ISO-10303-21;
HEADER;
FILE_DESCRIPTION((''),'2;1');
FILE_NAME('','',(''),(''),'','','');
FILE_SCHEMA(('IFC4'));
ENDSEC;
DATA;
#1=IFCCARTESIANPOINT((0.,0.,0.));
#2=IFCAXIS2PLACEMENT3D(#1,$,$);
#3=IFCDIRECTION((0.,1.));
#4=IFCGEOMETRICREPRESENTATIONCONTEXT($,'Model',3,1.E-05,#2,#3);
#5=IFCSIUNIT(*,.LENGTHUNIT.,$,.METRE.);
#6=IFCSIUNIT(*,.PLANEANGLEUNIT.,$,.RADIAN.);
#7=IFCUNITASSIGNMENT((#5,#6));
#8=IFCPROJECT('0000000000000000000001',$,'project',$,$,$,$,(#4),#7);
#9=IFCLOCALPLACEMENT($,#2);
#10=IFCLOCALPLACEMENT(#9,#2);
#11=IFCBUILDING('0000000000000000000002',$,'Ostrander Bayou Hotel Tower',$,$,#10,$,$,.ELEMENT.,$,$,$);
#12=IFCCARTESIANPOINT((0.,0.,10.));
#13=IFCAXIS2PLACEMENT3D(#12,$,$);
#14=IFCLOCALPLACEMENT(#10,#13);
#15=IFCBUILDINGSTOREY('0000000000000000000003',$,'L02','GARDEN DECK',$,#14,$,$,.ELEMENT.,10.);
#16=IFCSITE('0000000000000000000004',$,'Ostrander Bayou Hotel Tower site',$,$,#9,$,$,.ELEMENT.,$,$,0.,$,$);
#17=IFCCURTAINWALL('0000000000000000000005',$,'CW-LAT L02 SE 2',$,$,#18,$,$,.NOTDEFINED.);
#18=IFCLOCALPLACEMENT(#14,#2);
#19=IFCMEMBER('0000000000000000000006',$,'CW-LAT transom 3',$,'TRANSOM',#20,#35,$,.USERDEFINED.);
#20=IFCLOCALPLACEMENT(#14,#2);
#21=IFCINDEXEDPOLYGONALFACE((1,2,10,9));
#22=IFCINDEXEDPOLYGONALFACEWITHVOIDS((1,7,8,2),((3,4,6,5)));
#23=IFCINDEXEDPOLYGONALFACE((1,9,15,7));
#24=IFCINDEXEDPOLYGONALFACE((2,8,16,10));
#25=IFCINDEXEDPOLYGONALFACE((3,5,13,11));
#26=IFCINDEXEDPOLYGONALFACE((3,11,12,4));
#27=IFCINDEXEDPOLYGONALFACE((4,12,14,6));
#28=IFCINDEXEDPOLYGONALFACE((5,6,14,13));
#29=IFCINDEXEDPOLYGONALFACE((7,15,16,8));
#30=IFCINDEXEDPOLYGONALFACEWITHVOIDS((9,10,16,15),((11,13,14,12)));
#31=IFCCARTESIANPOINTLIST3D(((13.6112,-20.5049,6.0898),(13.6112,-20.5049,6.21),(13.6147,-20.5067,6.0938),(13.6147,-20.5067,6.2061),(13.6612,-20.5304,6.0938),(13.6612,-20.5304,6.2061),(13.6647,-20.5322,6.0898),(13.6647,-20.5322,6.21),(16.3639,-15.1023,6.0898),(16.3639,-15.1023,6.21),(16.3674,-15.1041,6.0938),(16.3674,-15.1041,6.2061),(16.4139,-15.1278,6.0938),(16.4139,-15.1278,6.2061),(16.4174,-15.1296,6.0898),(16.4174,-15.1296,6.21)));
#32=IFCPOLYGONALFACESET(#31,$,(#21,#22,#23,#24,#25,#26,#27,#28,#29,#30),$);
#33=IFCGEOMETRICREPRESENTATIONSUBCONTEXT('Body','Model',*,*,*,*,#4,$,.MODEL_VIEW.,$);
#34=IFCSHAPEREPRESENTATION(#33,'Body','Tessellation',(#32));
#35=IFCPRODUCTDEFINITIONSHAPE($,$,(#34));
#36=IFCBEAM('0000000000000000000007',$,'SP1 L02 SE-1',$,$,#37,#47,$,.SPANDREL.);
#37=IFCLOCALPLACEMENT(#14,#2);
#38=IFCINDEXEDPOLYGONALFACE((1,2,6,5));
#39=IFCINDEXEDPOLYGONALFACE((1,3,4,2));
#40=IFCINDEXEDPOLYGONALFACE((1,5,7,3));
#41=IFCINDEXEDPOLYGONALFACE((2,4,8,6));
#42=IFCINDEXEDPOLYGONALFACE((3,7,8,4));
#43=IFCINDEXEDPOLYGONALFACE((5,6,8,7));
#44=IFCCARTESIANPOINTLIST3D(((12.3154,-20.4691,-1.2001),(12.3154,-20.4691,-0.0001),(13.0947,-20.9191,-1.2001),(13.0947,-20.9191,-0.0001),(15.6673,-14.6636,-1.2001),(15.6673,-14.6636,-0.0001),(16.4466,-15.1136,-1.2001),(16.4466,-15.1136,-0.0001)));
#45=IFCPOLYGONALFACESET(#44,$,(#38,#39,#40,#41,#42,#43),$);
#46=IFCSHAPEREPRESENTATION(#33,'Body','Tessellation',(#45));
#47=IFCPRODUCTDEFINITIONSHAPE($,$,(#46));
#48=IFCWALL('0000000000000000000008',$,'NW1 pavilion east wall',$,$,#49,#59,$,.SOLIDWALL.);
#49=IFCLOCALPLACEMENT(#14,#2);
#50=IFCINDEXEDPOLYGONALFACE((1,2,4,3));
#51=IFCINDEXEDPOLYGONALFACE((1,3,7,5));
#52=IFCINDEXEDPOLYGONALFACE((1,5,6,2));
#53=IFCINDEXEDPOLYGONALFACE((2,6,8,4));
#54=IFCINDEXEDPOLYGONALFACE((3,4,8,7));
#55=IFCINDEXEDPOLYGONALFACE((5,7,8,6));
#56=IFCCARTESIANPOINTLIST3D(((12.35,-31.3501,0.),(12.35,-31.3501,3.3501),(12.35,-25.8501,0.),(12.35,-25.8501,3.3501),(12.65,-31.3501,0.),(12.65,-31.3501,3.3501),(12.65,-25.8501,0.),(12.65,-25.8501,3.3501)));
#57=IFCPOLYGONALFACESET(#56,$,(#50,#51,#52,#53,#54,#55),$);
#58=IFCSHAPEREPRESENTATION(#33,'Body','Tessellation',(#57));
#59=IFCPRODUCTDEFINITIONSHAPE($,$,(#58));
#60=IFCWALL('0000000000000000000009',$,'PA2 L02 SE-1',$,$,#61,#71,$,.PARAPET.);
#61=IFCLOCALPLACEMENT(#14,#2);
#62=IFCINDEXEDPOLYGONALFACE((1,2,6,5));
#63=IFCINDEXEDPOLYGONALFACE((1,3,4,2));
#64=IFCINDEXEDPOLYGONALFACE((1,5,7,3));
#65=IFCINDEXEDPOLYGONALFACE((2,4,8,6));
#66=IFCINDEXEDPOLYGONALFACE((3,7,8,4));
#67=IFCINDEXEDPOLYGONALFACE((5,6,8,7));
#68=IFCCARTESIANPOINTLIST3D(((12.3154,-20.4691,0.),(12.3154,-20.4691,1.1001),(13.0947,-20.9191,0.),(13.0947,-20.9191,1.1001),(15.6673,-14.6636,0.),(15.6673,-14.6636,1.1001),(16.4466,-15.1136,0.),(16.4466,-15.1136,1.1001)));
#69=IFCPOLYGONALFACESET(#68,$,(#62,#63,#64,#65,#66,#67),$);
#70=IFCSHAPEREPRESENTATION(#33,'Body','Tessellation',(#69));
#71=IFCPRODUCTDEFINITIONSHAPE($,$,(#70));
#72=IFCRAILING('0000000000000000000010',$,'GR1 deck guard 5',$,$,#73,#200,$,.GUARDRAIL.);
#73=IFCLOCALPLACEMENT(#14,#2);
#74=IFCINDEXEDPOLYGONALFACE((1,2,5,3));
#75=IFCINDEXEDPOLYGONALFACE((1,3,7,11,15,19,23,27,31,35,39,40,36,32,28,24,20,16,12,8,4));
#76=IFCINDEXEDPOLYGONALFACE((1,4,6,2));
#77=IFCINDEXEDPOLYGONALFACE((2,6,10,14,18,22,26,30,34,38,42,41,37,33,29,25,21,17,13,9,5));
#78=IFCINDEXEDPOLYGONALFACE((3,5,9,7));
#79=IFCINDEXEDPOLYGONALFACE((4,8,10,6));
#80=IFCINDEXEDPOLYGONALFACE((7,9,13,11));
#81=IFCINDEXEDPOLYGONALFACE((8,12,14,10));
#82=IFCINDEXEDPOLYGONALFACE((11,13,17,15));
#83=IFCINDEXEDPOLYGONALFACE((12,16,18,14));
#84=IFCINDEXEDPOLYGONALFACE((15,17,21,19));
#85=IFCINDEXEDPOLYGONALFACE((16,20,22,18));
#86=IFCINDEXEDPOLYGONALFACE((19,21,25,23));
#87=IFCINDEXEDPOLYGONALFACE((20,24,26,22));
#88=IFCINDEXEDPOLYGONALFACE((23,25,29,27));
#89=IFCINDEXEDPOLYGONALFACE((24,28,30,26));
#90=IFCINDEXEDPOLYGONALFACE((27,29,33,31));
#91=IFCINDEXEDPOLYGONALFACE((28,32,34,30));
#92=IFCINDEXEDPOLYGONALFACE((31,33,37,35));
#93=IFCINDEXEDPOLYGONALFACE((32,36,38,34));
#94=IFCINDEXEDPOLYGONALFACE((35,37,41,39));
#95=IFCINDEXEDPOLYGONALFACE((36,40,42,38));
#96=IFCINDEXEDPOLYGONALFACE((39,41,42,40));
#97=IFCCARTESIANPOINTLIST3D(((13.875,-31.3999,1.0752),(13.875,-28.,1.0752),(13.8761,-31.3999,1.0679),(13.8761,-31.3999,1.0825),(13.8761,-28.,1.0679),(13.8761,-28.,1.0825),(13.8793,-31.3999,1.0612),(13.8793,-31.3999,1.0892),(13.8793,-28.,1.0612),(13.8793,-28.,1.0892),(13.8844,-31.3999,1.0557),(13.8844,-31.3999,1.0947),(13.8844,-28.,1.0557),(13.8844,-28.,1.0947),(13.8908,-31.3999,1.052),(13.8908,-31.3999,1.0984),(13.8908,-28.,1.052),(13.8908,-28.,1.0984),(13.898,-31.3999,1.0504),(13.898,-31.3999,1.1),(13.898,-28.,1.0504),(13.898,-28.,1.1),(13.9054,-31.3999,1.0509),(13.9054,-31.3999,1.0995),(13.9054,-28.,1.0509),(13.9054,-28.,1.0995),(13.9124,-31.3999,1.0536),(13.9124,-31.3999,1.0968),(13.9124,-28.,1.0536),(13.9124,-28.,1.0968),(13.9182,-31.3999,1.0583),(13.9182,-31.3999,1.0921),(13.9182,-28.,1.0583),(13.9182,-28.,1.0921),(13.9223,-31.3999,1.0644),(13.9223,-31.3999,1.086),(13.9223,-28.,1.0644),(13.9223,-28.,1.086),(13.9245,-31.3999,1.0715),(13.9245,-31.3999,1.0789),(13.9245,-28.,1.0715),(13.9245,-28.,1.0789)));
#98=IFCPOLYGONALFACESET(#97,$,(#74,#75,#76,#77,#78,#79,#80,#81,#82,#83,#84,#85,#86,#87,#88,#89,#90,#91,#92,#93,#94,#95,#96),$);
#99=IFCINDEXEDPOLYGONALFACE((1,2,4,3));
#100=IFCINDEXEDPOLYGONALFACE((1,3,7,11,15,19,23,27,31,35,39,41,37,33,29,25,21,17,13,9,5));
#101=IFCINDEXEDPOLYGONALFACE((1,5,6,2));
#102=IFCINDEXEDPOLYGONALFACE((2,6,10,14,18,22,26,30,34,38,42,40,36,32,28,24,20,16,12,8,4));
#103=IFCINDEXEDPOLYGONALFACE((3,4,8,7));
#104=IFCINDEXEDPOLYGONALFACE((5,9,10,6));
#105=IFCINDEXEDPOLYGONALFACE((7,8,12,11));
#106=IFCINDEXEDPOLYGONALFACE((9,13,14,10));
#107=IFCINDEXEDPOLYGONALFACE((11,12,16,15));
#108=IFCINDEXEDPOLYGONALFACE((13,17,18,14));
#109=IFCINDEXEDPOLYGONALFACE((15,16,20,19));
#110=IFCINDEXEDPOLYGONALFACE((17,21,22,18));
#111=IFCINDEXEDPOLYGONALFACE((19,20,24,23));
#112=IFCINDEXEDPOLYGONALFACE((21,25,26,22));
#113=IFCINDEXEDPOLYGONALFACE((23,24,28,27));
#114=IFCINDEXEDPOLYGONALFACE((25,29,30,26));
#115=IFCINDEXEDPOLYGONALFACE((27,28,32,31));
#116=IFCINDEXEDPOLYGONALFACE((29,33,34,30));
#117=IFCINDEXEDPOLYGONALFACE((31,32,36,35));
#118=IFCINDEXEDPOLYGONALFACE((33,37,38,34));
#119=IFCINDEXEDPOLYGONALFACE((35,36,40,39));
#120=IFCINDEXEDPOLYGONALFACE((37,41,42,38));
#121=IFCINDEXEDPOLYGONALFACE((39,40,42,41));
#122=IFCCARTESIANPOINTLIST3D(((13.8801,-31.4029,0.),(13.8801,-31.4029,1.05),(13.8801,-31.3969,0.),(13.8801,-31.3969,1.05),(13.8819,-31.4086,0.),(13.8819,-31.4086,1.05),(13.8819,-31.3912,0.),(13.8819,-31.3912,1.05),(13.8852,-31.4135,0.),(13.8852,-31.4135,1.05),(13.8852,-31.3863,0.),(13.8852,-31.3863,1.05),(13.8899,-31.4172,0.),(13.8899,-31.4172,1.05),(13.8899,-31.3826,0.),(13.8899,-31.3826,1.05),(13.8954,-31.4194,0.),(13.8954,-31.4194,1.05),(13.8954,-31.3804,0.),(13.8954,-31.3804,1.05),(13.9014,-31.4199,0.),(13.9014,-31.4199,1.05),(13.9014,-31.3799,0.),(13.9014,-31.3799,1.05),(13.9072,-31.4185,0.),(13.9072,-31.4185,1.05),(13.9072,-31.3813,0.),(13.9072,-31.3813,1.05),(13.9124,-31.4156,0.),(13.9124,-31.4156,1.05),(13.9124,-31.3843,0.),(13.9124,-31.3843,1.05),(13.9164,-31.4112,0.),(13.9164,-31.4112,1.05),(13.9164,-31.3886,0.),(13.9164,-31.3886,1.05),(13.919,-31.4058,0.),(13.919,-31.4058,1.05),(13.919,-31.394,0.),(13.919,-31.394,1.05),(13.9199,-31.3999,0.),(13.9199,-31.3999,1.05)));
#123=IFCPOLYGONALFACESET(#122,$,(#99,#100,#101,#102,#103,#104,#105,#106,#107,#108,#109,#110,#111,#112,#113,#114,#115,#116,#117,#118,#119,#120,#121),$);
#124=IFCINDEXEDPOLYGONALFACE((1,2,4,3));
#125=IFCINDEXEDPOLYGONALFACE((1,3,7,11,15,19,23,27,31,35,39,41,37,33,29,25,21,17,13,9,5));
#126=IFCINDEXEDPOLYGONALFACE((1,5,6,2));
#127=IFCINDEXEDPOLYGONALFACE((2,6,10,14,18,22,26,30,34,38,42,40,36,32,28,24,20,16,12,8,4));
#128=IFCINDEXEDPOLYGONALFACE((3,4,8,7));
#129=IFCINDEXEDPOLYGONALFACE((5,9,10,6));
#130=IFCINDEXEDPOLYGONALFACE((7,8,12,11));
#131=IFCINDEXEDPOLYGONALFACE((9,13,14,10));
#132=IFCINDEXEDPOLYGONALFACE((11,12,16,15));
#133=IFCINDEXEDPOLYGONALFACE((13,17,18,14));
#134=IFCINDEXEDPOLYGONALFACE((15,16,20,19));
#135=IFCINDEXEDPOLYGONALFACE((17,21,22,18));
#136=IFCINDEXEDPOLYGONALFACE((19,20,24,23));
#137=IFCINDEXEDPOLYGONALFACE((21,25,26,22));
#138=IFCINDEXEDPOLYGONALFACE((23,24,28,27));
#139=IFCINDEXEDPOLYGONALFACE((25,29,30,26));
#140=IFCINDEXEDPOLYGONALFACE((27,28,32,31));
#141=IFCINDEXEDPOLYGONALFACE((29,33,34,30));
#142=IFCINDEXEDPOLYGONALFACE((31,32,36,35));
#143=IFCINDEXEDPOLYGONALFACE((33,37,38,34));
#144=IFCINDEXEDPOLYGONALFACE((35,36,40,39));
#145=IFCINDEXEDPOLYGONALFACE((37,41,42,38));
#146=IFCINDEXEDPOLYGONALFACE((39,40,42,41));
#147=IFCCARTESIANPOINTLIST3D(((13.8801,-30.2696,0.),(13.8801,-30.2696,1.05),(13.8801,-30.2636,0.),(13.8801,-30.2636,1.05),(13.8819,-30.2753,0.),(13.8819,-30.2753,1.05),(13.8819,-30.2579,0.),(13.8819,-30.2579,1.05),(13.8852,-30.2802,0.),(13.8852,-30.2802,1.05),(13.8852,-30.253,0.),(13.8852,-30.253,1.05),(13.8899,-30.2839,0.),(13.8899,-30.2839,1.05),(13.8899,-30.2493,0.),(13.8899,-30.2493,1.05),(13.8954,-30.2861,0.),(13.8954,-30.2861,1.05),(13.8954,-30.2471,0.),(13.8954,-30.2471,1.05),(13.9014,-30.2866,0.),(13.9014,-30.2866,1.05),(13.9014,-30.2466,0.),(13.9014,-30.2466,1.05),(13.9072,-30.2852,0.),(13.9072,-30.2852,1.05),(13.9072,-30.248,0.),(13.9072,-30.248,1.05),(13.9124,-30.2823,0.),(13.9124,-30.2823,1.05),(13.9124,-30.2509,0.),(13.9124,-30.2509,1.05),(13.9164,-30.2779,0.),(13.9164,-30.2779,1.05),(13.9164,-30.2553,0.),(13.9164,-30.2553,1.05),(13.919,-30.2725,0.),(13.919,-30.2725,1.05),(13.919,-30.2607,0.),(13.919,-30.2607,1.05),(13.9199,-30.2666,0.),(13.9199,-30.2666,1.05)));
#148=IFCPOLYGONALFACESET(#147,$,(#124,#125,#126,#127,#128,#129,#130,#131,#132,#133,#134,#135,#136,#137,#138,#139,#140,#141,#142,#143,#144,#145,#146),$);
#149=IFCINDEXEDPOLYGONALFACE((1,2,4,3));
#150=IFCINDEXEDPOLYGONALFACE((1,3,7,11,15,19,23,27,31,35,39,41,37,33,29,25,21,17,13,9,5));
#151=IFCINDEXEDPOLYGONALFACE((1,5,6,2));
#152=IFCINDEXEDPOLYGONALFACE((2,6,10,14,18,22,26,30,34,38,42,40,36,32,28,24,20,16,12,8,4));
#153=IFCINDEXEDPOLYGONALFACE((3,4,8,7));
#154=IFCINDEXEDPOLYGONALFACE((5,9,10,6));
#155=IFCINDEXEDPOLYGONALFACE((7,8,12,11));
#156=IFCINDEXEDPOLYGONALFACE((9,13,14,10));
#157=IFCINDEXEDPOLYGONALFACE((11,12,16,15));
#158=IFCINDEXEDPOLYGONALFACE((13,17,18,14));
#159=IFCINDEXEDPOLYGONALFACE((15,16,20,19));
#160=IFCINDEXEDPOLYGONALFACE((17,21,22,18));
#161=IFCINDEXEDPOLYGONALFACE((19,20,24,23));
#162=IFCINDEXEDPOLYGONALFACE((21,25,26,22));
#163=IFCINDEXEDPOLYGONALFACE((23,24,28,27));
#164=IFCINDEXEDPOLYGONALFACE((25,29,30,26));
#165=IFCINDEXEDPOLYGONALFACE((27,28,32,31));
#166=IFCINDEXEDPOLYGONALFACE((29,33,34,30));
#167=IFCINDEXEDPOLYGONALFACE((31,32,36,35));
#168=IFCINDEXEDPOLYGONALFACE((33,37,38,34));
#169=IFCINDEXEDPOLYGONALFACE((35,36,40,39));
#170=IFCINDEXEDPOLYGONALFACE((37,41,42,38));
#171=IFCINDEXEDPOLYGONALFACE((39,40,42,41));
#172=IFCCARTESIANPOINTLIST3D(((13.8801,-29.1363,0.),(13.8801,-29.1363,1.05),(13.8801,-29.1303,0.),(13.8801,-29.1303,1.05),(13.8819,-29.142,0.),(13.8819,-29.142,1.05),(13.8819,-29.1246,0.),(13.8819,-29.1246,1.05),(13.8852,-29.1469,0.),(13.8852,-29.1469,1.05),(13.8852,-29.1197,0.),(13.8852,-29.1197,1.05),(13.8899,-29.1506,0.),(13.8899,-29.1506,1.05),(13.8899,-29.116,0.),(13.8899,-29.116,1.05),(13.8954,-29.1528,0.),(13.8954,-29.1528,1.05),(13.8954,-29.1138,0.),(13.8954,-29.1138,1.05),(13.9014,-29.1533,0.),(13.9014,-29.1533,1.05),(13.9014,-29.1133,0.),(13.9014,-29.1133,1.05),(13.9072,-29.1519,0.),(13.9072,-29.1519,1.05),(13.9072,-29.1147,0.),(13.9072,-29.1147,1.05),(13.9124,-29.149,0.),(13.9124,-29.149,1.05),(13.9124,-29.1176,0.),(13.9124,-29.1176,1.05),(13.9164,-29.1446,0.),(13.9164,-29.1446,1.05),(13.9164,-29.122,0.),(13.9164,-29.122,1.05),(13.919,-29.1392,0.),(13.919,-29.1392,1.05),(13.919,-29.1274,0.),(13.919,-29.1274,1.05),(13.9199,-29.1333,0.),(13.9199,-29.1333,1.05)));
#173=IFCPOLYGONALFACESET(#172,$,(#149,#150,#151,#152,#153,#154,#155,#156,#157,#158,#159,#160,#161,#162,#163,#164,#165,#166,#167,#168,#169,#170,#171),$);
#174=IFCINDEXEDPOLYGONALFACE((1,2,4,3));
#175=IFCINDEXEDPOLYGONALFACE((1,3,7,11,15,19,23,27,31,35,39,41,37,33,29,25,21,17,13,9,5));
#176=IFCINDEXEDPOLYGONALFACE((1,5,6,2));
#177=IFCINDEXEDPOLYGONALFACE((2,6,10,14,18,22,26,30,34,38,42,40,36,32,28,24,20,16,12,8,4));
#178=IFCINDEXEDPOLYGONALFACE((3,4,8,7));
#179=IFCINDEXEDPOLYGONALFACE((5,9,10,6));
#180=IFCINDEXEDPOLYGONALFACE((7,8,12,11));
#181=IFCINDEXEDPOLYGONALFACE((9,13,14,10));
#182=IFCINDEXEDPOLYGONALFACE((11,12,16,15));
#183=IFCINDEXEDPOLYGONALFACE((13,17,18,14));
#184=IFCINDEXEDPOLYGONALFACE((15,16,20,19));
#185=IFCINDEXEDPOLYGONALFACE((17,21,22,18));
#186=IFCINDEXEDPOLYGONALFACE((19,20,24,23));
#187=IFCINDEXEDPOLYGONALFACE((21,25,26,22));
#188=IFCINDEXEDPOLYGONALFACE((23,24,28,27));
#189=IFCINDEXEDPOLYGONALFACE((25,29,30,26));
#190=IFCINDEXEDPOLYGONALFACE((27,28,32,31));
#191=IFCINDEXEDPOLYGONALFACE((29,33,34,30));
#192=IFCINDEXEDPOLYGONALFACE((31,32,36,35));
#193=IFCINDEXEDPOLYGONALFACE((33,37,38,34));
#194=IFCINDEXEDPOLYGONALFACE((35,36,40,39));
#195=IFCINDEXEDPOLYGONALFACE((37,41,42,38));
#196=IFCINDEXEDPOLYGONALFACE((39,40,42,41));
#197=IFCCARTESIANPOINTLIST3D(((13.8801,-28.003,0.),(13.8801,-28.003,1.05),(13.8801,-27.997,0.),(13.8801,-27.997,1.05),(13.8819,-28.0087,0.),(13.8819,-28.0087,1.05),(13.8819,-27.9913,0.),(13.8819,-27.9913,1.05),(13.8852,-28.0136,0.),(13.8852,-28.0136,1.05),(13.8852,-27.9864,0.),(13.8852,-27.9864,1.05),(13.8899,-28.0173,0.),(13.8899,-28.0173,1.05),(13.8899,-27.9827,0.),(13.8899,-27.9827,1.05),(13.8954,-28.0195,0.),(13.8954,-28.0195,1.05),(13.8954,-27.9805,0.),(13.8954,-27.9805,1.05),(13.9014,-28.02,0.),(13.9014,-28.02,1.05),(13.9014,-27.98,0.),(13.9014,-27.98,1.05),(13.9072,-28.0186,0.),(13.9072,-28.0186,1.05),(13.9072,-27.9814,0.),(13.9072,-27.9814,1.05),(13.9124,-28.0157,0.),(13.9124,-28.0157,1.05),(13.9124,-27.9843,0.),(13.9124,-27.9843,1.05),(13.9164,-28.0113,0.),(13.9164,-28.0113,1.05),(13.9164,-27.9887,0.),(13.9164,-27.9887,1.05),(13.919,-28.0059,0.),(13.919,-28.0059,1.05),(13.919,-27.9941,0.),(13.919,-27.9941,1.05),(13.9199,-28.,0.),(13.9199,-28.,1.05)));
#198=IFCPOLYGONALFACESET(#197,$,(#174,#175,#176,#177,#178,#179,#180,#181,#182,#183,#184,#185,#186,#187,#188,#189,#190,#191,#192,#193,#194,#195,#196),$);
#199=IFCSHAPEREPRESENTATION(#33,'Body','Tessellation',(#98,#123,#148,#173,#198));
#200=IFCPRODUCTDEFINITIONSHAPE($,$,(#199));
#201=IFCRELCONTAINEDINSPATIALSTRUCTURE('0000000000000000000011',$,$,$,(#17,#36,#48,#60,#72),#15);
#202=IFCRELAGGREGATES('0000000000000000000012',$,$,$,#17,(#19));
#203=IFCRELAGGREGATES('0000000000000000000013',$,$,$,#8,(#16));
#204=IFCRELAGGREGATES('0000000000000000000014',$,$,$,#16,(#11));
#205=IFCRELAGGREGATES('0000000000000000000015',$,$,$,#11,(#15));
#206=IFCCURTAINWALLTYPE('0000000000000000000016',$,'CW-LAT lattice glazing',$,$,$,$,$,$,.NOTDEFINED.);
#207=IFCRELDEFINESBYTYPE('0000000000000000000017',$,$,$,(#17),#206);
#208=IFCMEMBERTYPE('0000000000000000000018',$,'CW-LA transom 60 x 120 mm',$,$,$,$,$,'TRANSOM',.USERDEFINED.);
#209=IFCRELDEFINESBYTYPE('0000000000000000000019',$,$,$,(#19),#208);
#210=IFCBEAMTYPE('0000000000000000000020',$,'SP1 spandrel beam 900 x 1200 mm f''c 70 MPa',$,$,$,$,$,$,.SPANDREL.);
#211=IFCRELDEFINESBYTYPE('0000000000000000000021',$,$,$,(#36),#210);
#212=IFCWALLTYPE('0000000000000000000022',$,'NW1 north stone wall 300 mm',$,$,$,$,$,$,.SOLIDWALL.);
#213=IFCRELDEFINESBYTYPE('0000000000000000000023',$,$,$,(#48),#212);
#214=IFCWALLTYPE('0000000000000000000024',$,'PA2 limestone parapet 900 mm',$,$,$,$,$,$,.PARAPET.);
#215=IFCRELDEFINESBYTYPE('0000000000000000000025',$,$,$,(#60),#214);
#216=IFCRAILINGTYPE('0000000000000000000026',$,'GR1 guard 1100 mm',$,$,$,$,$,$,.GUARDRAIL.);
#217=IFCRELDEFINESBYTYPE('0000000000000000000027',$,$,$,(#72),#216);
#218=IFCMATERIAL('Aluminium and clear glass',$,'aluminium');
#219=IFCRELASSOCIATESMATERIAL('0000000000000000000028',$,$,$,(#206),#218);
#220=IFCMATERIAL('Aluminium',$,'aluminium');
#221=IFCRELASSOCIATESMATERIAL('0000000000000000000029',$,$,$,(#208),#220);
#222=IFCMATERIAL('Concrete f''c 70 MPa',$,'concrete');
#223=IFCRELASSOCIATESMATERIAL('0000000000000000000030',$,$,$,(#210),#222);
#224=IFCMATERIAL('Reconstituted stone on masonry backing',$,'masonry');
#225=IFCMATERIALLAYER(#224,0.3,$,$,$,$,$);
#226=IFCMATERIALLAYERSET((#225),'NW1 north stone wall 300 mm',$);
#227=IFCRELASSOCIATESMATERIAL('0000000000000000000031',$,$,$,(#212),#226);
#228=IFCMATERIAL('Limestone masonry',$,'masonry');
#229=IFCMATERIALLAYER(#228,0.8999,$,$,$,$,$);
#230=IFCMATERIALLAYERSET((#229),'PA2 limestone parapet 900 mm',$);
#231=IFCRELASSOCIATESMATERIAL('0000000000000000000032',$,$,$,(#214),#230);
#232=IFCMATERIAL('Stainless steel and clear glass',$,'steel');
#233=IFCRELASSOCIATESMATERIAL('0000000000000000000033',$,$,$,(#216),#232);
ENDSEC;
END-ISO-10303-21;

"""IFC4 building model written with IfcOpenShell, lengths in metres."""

from ifc_helpers import new_model, si_unit, direction, frame, frame_2d, origin, origin_2d, place, context, subcontext, project, spatial, rectangle, hollow_rectangle, circle, extrude, material, layer, layer_set, material_profile, profile_set, type_object, element, aggregate, save


model = new_model("IFC4")

# Units and contexts
model_context = context("Model", 3, precision=1e-05, world=origin(), true_north=direction((0.0, 1.0)))
body_context = subcontext(model_context, "Body", "Model", "MODEL_VIEW")
ifc_project = project(units=[si_unit("LENGTHUNIT", "METRE"), si_unit("PLANEANGLEUNIT", "RADIAN")], contexts=[model_context])

# Site, building, storey
site_placement = place(None, origin())
site = spatial("IfcSite", under=ifc_project, at=site_placement, Name="Ostrander Bayou Hotel Tower site", CompositionType="ELEMENT", RefElevation=0.0)
building_placement = place(site_placement, origin())
building = spatial("IfcBuilding", under=site, at=building_placement, Name="Ostrander Bayou Hotel Tower", CompositionType="ELEMENT")
storey_placement = place(building_placement, frame((0.0, 0.0, 10.0)))
storey = spatial("IfcBuildingStorey", under=building, at=storey_placement, Name="L02", Description="GARDEN DECK", CompositionType="ELEMENT", Elevation=10.0)

# Shared definitions
ifc_material_1 = material(Name="Aluminium and clear glass", Category="aluminium")
curtain_wall_type = type_object("IfcCurtainWallType", Name="CW-LAT lattice glazing", PredefinedType="NOTDEFINED", material=ifc_material_1)

# Curtain wall, member
ifc_material_2 = material(Name="Aluminium", Category="aluminium")
ifc_material_profile_1 = material_profile(ifc_material_2, hollow_rectangle(XDim=0.0601, YDim=0.1201, WallThickness=0.0039, at=origin_2d()))
ifc_profile_set_1 = profile_set([ifc_material_profile_1], Name="Aluminium")
member_type_1 = type_object("IfcMemberType", Name="CW-LA transom 60 x 120 mm", ElementType="TRANSOM", PredefinedType="USERDEFINED", material=ifc_profile_set_1)
curtain_wall_1_placement = place(storey_placement, origin())
curtain_wall_1 = element("IfcCurtainWall", 1, at=curtain_wall_1_placement, inside=storey, type_object=curtain_wall_type, Name="CW-LAT L02 SE 2", PredefinedType="NOTDEFINED")
member_1_placement = place(storey_placement, frame((13.6379, -20.5186, 6.1499), z_axis=(0.453981, 0.891011, 0.0), x_axis=(-0.891011, 0.453981, 0.0)))
member_1 = element("IfcMember", 2, at=member_1_placement, type_object=member_type_1, Name="CW-LAT transom 3", ObjectType="TRANSOM", PredefinedType="USERDEFINED", context=body_context, shape_type="SweptSolid", body=[
    extrude(hollow_rectangle(XDim=0.0601, YDim=0.1201, WallThickness=0.0039, at=origin_2d()), origin(), (0.0, 0.0, 1.0), 6.0635),
])
aggregate(curtain_wall_1, [member_1])

# Beam
ifc_material_3 = material(Name="Concrete f'c 70 MPa", Category="concrete")
ifc_material_profile_2 = material_profile(ifc_material_3, rectangle(XDim=0.8999, YDim=1.2, at=origin_2d()))
ifc_profile_set_2 = profile_set([ifc_material_profile_2], Name="Concrete f'c 70 MPa")
beam_type = type_object("IfcBeamType", Name="SP1 spandrel beam 900 x 1200 mm f'c 70 MPa", PredefinedType="SPANDREL", material=ifc_profile_set_2)
beam_placement = place(storey_placement, frame((12.7051, -20.6941, -0.6001), z_axis=(0.500005, 0.866022, 0.0), x_axis=(-0.866022, 0.500005, 0.0)))
element("IfcBeam", 3, at=beam_placement, inside=storey, type_object=beam_type, Name="SP1 L02 SE-1", PredefinedType="SPANDREL", context=body_context, shape_type="SweptSolid", body=[
    extrude(rectangle(XDim=0.8999, YDim=1.2, at=origin_2d()), origin(), (0.0, 0.0, 1.0), 6.7036),
])

# Wall
ifc_material_4 = material(Name="Reconstituted stone on masonry backing", Category="masonry")
ifc_layer_1 = layer(ifc_material_4, 0.3)
ifc_layer_set_1 = layer_set([ifc_layer_1], Name="NW1 north stone wall 300 mm")
wall_type_1 = type_object("IfcWallType", Name="NW1 north stone wall 300 mm", PredefinedType="SOLIDWALL", material=ifc_layer_set_1)
wall_1_placement = place(storey_placement, frame((12.5, -31.3501, 0.0), z_axis=(0.0, 0.0, 1.0), x_axis=(0.0, 1.0, 0.0)))
element("IfcWall", 4, at=wall_1_placement, inside=storey, type_object=wall_type_1, Name="NW1 pavilion east wall", PredefinedType="SOLIDWALL", context=body_context, shape_type="SweptSolid", body=[
    extrude(rectangle(XDim=5.5, YDim=0.3, at=frame_2d((2.75, 0.0))), origin(), (0.0, 0.0, 1.0), 3.3501),
])

# Wall
ifc_material_5 = material(Name="Limestone masonry", Category="masonry")
ifc_layer_2 = layer(ifc_material_5, 0.8999)
ifc_layer_set_2 = layer_set([ifc_layer_2], Name="PA2 limestone parapet 900 mm")
wall_type_2 = type_object("IfcWallType", Name="PA2 limestone parapet 900 mm", PredefinedType="PARAPET", material=ifc_layer_set_2)
wall_2_placement = place(storey_placement, frame((12.7051, -20.6941, 0.0), z_axis=(0.0, 0.0, 1.0), x_axis=(0.500005, 0.866022, 0.0)))
element("IfcWall", 5, at=wall_2_placement, inside=storey, type_object=wall_type_2, Name="PA2 L02 SE-1", PredefinedType="PARAPET", context=body_context, shape_type="SweptSolid", body=[
    extrude(rectangle(XDim=6.7036, YDim=0.8999, at=frame_2d((3.3518, 0.0))), origin(), (0.0, 0.0, 1.0), 1.1001),
])

# Railing
ifc_material_6 = material(Name="Stainless steel and clear glass", Category="steel")
railing_type = type_object("IfcRailingType", Name="GR1 guard 1100 mm", PredefinedType="GUARDRAIL", material=ifc_material_6)
railing_1_placement = place(storey_placement, frame((13.8999, -31.3999, 0.0)))
element("IfcRailing", 6, at=railing_1_placement, inside=storey, type_object=railing_type, Name="GR1 deck guard 5", PredefinedType="GUARDRAIL", context=body_context, shape_type="SweptSolid", body=[
    extrude(circle(Radius=0.0249, at=origin_2d()), frame((0.0, 0.0, 1.0752), z_axis=(0.0, 1.0, 0.0), x_axis=(-1.0, 0.0, 0.0)), (0.0, 0.0, 1.0), 3.3999),
    extrude(circle(Radius=0.02, at=origin_2d()), origin(), (0.0, 0.0, 1.0), 1.05),
    extrude(circle(Radius=0.02, at=origin_2d()), frame((0.0, 1.1333, 0.0)), (0.0, 0.0, 1.0), 1.05),
    extrude(circle(Radius=0.02, at=origin_2d()), frame((0.0, 2.2666, 0.0)), (0.0, 0.0, 1.0), 1.05),
    extrude(circle(Radius=0.02, at=origin_2d()), frame((0.0, 3.3999, 0.0)), (0.0, 0.0, 1.0), 1.05),
])

save(model, "model.ifc")
